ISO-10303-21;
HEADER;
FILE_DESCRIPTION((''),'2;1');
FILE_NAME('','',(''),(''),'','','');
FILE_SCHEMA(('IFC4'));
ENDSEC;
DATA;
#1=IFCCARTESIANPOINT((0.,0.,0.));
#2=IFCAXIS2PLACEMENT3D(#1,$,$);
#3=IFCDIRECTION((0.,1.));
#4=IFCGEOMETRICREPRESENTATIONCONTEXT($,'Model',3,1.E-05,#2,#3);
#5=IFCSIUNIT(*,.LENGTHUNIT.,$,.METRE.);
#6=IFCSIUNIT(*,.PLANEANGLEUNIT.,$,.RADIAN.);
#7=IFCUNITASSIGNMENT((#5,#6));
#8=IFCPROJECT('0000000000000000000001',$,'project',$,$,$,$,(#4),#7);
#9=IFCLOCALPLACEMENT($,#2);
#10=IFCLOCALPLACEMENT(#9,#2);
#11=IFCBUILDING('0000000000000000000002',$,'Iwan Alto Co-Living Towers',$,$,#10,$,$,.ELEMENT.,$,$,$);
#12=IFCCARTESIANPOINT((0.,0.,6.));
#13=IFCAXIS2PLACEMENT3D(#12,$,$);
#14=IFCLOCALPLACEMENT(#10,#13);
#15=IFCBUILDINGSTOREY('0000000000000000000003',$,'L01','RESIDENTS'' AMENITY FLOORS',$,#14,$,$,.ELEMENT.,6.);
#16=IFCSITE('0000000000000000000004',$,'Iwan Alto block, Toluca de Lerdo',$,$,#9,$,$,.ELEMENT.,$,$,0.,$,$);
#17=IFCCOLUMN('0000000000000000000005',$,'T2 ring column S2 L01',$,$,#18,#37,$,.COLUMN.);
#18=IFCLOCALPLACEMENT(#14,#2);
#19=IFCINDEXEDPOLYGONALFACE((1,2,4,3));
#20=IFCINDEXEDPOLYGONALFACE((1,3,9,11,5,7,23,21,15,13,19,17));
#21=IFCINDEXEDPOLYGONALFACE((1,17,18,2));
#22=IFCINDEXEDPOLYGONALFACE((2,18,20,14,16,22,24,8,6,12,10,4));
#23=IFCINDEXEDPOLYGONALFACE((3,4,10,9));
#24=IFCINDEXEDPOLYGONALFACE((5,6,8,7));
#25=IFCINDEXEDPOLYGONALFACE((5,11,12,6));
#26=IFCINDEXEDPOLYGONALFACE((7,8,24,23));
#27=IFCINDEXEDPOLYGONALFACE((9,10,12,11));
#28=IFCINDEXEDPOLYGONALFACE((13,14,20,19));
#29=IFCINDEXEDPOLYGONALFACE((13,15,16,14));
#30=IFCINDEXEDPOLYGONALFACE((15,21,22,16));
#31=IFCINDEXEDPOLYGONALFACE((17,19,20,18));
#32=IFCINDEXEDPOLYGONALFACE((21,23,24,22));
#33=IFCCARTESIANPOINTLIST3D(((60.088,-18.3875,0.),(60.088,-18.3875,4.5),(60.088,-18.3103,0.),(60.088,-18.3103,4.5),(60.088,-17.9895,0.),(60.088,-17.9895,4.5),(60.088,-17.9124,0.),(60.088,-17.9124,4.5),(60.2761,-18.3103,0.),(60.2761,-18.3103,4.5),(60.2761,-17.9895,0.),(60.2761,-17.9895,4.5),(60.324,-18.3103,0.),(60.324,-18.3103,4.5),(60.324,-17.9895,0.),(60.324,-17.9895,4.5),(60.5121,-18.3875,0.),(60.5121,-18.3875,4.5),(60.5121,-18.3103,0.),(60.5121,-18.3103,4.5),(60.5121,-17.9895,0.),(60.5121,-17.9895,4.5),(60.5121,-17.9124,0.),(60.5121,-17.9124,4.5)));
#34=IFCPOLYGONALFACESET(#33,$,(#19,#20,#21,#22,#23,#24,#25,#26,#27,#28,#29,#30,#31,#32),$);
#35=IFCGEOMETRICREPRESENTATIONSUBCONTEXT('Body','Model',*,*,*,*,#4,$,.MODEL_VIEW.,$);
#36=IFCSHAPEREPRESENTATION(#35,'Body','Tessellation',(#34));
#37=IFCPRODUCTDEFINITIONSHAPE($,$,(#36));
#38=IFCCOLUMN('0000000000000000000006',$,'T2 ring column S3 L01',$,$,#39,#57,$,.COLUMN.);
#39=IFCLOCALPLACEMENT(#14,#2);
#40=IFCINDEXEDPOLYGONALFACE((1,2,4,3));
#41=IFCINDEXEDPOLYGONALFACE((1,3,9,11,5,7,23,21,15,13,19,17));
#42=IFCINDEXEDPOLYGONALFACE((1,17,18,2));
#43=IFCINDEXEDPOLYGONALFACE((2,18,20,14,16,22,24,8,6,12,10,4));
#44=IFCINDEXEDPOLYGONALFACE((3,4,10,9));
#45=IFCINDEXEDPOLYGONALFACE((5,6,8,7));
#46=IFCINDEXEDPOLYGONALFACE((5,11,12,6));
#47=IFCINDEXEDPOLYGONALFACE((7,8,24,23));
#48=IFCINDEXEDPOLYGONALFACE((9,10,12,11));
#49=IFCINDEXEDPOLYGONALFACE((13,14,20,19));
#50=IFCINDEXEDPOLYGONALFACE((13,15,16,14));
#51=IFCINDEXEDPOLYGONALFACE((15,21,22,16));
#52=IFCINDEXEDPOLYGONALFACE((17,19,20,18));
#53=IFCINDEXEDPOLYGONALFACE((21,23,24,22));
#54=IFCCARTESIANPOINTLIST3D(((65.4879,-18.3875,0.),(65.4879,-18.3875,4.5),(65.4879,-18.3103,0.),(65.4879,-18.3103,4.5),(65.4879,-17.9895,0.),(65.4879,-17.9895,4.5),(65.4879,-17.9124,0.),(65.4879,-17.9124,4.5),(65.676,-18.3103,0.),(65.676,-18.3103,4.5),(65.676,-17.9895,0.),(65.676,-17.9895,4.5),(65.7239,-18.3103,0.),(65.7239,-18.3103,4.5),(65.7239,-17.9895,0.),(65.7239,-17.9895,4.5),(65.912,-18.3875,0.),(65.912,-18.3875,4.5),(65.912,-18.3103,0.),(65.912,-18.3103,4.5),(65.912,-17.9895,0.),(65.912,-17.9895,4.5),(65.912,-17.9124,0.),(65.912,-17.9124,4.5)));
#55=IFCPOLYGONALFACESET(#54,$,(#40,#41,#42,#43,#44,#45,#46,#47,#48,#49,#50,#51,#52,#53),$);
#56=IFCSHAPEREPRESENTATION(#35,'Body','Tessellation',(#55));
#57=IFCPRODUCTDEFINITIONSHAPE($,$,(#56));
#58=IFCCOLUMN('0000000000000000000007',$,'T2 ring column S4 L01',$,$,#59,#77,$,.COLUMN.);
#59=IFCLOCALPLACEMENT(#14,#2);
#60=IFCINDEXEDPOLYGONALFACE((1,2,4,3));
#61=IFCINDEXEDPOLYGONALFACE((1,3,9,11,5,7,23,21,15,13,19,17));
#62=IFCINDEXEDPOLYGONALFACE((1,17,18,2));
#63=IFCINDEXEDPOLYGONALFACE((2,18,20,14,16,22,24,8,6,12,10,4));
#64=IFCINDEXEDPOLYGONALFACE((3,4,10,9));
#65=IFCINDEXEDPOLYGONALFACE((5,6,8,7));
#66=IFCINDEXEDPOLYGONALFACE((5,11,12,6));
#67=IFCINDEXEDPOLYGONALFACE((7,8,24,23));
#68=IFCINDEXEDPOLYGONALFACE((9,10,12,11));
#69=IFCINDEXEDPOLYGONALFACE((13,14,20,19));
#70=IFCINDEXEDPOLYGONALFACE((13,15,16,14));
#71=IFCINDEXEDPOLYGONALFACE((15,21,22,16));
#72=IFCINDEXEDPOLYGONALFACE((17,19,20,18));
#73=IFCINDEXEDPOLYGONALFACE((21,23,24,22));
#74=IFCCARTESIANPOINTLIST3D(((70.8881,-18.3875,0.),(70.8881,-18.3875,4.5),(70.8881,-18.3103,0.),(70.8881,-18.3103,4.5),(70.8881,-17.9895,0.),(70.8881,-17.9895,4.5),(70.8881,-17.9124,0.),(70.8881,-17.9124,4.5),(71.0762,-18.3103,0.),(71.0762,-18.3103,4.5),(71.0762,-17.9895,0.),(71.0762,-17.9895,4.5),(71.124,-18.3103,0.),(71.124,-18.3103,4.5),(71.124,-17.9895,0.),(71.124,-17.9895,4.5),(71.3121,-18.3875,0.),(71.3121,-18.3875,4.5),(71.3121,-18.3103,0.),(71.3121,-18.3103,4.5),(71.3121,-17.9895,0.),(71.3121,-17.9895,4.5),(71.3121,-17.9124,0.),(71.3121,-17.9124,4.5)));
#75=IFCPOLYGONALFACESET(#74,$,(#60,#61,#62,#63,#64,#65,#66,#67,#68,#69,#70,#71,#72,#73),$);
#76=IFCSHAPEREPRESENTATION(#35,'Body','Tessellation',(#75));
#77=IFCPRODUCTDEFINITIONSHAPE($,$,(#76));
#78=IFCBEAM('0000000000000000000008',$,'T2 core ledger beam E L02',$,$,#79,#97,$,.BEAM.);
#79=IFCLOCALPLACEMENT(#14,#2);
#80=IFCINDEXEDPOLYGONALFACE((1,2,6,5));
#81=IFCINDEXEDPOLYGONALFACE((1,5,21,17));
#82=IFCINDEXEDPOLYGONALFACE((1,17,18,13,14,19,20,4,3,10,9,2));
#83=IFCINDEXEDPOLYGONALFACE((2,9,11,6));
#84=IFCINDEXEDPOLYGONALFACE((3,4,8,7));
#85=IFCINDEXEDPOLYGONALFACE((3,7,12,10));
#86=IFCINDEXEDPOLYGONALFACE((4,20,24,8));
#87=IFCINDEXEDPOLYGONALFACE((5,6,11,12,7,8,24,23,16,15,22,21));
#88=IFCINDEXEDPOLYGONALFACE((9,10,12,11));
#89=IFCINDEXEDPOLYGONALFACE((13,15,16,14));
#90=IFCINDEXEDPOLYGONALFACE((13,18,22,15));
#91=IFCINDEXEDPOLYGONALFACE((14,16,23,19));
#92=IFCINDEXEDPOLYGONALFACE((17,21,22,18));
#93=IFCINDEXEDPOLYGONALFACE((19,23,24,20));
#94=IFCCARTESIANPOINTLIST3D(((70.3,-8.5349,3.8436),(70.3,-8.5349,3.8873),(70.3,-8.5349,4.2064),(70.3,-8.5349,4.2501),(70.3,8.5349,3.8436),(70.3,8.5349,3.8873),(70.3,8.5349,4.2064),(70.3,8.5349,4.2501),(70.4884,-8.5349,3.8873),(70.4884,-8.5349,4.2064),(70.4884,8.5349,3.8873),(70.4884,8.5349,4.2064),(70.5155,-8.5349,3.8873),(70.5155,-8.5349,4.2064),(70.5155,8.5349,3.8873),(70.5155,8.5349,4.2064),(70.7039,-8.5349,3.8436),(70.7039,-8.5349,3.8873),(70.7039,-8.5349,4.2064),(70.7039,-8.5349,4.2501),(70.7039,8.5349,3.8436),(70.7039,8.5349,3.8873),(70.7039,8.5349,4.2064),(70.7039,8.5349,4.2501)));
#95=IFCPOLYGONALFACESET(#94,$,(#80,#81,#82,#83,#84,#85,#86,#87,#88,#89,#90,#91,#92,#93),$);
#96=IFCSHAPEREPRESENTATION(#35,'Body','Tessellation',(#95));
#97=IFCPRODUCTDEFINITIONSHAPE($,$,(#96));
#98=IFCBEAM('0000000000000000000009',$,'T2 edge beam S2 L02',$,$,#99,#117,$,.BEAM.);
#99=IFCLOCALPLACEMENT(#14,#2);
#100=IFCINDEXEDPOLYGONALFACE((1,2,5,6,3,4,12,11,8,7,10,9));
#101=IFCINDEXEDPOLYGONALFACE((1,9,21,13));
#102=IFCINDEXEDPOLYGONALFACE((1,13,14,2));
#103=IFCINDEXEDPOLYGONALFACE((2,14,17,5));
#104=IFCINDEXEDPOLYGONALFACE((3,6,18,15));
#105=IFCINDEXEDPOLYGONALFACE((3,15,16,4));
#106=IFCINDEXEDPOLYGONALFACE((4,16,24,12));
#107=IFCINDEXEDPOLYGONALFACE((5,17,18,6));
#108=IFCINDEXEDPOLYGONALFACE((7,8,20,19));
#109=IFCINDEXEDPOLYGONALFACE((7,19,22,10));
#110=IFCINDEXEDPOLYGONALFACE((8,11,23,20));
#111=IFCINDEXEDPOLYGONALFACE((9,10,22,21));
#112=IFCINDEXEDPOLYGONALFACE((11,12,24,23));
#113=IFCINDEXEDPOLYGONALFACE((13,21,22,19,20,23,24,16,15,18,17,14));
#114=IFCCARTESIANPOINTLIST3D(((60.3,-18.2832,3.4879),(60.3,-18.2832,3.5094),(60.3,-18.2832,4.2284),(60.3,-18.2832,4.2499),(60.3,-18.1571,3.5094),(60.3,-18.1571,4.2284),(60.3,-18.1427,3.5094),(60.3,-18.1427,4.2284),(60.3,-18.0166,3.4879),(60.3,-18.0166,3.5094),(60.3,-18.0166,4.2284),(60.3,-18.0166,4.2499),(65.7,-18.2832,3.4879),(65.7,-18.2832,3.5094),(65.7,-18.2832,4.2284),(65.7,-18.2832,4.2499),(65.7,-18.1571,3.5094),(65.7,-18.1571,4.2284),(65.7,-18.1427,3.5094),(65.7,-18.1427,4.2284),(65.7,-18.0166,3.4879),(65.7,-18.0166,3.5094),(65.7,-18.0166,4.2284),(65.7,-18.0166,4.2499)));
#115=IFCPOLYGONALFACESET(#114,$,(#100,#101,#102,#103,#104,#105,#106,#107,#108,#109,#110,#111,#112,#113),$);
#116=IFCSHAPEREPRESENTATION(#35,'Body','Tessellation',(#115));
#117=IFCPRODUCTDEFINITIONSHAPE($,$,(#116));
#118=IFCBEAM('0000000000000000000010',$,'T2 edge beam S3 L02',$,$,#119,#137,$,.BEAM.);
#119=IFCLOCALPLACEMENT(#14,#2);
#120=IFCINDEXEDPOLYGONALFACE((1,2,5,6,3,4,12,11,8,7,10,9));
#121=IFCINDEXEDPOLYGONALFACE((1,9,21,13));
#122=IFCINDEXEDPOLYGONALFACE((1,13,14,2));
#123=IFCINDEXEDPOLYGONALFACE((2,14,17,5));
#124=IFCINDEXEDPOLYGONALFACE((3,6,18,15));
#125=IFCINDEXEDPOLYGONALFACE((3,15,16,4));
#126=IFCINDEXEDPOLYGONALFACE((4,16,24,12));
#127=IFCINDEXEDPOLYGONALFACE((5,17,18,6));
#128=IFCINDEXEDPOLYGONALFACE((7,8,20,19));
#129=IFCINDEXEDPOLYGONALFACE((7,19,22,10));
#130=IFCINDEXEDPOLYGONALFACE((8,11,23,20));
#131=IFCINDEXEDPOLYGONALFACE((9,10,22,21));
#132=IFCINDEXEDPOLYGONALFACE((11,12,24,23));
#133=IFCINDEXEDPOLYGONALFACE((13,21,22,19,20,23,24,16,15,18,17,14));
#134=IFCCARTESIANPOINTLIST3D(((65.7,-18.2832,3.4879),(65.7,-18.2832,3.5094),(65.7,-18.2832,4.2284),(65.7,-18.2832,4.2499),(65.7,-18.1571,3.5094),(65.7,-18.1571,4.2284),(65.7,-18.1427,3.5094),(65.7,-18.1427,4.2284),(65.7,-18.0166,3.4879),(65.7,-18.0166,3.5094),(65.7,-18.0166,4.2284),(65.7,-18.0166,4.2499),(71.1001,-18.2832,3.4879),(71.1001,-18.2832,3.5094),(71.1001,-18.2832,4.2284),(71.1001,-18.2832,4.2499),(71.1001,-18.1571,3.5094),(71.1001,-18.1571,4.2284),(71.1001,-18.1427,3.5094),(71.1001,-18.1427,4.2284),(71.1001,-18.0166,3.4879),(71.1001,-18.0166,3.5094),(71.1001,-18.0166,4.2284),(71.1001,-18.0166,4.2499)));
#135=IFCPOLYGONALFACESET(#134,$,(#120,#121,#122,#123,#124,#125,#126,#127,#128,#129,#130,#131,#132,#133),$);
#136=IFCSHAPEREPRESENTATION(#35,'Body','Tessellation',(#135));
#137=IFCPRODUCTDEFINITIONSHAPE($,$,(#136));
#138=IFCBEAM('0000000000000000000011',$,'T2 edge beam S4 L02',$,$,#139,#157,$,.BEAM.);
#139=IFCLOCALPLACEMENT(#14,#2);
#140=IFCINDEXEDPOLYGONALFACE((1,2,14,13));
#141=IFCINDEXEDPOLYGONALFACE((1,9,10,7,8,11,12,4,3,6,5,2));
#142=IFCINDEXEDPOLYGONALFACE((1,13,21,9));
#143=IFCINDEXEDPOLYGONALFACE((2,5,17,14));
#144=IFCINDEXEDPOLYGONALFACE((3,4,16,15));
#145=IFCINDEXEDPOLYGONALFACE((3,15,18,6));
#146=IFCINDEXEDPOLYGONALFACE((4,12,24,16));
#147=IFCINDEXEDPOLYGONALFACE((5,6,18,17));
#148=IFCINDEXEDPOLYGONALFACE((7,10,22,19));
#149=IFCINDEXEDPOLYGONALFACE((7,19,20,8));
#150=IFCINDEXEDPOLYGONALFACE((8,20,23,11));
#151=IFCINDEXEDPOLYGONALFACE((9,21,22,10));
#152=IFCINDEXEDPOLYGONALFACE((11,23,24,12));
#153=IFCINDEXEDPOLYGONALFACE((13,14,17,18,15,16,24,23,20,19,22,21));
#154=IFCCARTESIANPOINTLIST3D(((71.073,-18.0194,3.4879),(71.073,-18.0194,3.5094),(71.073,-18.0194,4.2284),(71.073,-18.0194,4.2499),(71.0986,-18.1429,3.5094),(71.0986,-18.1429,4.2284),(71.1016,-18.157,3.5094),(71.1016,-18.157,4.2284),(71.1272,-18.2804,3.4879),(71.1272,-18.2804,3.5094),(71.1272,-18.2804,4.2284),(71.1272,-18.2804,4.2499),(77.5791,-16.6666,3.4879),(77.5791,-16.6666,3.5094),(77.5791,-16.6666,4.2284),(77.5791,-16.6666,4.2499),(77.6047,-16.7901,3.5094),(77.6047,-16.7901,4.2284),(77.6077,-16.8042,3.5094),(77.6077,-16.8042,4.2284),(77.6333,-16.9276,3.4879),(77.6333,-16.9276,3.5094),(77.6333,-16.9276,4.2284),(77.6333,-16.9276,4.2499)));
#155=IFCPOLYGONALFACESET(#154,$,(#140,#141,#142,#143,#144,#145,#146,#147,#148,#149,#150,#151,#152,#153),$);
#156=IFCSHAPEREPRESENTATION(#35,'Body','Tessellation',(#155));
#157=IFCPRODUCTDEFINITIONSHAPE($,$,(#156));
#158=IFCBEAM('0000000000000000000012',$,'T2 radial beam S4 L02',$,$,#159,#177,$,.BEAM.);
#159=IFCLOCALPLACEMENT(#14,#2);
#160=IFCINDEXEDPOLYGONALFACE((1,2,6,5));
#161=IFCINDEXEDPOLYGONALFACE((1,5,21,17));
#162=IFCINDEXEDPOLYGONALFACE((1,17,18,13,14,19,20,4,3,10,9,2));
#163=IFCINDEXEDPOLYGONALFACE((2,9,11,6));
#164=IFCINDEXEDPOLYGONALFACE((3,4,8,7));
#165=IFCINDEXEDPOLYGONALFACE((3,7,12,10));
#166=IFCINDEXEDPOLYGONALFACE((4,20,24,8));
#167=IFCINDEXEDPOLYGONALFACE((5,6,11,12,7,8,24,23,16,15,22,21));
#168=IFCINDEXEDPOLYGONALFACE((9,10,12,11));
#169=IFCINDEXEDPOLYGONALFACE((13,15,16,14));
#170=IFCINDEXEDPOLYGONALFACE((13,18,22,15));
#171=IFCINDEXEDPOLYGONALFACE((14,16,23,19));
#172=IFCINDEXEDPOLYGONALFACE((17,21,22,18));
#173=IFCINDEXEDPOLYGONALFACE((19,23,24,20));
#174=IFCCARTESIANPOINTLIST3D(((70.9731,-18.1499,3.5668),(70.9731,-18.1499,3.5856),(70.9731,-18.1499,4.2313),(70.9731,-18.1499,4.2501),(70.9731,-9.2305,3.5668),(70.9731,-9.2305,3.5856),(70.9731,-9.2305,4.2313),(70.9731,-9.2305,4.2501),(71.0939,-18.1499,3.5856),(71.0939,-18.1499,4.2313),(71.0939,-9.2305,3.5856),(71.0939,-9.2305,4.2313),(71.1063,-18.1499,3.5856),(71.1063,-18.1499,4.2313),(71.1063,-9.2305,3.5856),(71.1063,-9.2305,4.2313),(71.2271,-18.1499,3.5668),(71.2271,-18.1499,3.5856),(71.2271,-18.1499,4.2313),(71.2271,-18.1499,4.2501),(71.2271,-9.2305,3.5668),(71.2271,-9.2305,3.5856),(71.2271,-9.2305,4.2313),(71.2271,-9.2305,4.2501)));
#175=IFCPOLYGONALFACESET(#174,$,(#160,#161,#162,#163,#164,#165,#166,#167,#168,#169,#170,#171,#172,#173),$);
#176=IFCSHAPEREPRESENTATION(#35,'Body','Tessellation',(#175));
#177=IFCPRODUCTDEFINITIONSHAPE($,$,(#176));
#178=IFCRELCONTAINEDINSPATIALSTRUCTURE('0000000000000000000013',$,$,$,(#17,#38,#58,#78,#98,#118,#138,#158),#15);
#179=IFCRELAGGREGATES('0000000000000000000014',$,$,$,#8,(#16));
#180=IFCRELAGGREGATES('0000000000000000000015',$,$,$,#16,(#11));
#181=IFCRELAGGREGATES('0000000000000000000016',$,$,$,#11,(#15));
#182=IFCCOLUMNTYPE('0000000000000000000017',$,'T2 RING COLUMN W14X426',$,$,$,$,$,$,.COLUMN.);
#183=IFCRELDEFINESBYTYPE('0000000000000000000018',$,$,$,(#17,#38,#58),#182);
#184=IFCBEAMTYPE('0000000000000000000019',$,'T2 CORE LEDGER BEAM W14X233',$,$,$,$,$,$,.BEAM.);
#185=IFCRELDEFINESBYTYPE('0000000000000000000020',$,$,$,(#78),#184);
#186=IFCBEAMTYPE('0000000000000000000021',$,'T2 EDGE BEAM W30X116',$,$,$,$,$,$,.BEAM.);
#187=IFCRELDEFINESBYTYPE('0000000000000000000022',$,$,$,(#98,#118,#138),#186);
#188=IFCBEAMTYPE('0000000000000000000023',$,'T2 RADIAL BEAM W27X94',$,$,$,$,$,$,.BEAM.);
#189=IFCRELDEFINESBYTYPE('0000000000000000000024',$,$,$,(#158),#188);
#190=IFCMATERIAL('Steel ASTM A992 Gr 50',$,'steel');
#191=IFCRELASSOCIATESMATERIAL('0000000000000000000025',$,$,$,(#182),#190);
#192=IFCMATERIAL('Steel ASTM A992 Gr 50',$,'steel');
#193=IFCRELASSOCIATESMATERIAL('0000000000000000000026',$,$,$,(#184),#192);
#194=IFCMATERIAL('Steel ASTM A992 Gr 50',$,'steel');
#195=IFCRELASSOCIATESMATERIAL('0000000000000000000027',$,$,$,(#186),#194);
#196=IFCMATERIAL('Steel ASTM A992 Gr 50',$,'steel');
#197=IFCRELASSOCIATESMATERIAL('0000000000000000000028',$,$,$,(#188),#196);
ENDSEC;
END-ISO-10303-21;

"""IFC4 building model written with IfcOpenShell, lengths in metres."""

from ifc_helpers import new_model, si_unit, direction, frame, origin, origin_2d, place, context, subcontext, project, spatial, i_section, extrude, material, material_profile, profile_set, type_object, element, save


model = new_model("IFC4")

# Units and contexts
model_context = context("Model", 3, precision=1e-05, world=origin(), true_north=direction((0.0, 1.0)))
body_context = subcontext(model_context, "Body", "Model", "MODEL_VIEW")
ifc_project = project(units=[si_unit("LENGTHUNIT", "METRE"), si_unit("PLANEANGLEUNIT", "RADIAN")], contexts=[model_context])

# Site, building, storey
site_placement = place(None, origin())
site = spatial("IfcSite", under=ifc_project, at=site_placement, Name="Iwan Alto block, Toluca de Lerdo", CompositionType="ELEMENT", RefElevation=0.0)
building_placement = place(site_placement, origin())
building = spatial("IfcBuilding", under=site, at=building_placement, Name="Iwan Alto Co-Living Towers", CompositionType="ELEMENT")
storey_placement = place(building_placement, frame((0.0, 0.0, 6.0)))
storey = spatial("IfcBuildingStorey", under=building, at=storey_placement, Name="L01", Description="RESIDENTS' AMENITY FLOORS", CompositionType="ELEMENT", Elevation=6.0)

# Columns
ifc_material_1 = material(Name="Steel ASTM A992 Gr 50", Category="steel")
ifc_material_profile_1 = material_profile(ifc_material_1, i_section(OverallWidth=0.4241, OverallDepth=0.4751, WebThickness=0.0479, FlangeThickness=0.0771, at=origin_2d()), Name="W14X426")
ifc_profile_set_1 = profile_set([ifc_material_profile_1], Name="Steel ASTM A992 Gr 50")
column_type = type_object("IfcColumnType", Name="T2 RING COLUMN W14X426", PredefinedType="COLUMN", material=ifc_profile_set_1)
for number, where, z_axis, x_axis, name in (
    (1, (60.3, -18.1499, 0.0), (0.0, 0.0, 1.0), (1.0, 0.0, 0.0), "T2 ring column S2 L01"),
    (2, (65.7, -18.1499, 0.0), (0.0, 0.0, 1.0), (1.0, 0.0, 0.0), "T2 ring column S3 L01"),
    (3, (71.1001, -18.1499, 0.0), (0.0, 0.0, 1.0), (1.0, 0.0, 0.0), "T2 ring column S4 L01"),
):
    element("IfcColumn", number, at=place(storey_placement, frame(where, z_axis=z_axis, x_axis=x_axis)), inside=storey, type_object=column_type, Name=name, PredefinedType="COLUMN", context=body_context, shape_type="SweptSolid", body=[
        extrude(i_section(OverallWidth=0.4241, OverallDepth=0.4751, WebThickness=0.0479, FlangeThickness=0.0771, at=origin_2d()), origin(), (0.0, 0.0, 1.0), 4.5),
    ])

# Beams
ifc_material_2 = material(Name="Steel ASTM A992 Gr 50", Category="steel")
ifc_material_profile_2 = material_profile(ifc_material_2, i_section(OverallWidth=0.4038, OverallDepth=0.4065, WebThickness=0.0271, FlangeThickness=0.0437, at=origin_2d()), Name="W14X233")
ifc_profile_set_2 = profile_set([ifc_material_profile_2], Name="Steel ASTM A992 Gr 50")
beam_type_1 = type_object("IfcBeamType", Name="T2 CORE LEDGER BEAM W14X233", PredefinedType="BEAM", material=ifc_profile_set_2)
beam_1_placement = place(storey_placement, frame((70.502, -8.5349, 4.0469), z_axis=(0.0, 1.0, 0.0), x_axis=(-1.0, 0.0, 0.0)))
element("IfcBeam", 4, at=beam_1_placement, inside=storey, type_object=beam_type_1, Name="T2 core ledger beam E L02", PredefinedType="BEAM", context=body_context, shape_type="SweptSolid", body=[
    extrude(i_section(OverallWidth=0.4038, OverallDepth=0.4065, WebThickness=0.0271, FlangeThickness=0.0437, at=origin_2d()), origin(), (0.0, 0.0, 1.0), 17.0698),
])
ifc_material_3 = material(Name="Steel ASTM A992 Gr 50", Category="steel")
ifc_material_profile_3 = material_profile(ifc_material_3, i_section(OverallWidth=0.2666, OverallDepth=0.762, WebThickness=0.0144, FlangeThickness=0.0215, at=origin_2d()), Name="W30X116")
ifc_profile_set_3 = profile_set([ifc_material_profile_3], Name="Steel ASTM A992 Gr 50")
beam_type_2 = type_object("IfcBeamType", Name="T2 EDGE BEAM W30X116", PredefinedType="BEAM", material=ifc_profile_set_3)
beam_2_placement = place(storey_placement, frame((60.3, -18.1499, 3.8689), z_axis=(1.0, 0.0, 0.0), x_axis=(0.0, 1.0, 0.0)))
element("IfcBeam", 5, at=beam_2_placement, inside=storey, type_object=beam_type_2, Name="T2 edge beam S2 L02", PredefinedType="BEAM", context=body_context, shape_type="SweptSolid", body=[
    extrude(i_section(OverallWidth=0.2666, OverallDepth=0.762, WebThickness=0.0144, FlangeThickness=0.0215, at=origin_2d()), origin(), (0.0, 0.0, 1.0), 5.3999),
])
beam_3_placement = place(storey_placement, frame((65.7, -18.1499, 3.8689), z_axis=(1.0, 0.0, 0.0), x_axis=(0.0, 1.0, 0.0)))
element("IfcBeam", 6, at=beam_3_placement, inside=storey, type_object=beam_type_2, Name="T2 edge beam S3 L02", PredefinedType="BEAM", context=body_context, shape_type="SweptSolid", body=[
    extrude(i_section(OverallWidth=0.2666, OverallDepth=0.762, WebThickness=0.0144, FlangeThickness=0.0215, at=origin_2d()), origin(), (0.0, 0.0, 1.0), 5.4001),
])
beam_4_placement = place(storey_placement, frame((71.1001, -18.1499, 3.8689), z_axis=(0.97906, 0.203571, 0.0), x_axis=(-0.203571, 0.97906, 0.0)))
element("IfcBeam", 7, at=beam_4_placement, inside=storey, type_object=beam_type_2, Name="T2 edge beam S4 L02", PredefinedType="BEAM", context=body_context, shape_type="SweptSolid", body=[
    extrude(i_section(OverallWidth=0.2666, OverallDepth=0.762, WebThickness=0.0144, FlangeThickness=0.0215, at=origin_2d()), origin(), (0.0, 0.0, 1.0), 6.6453),
])
ifc_material_4 = material(Name="Steel ASTM A992 Gr 50", Category="steel")
ifc_material_profile_4 = material_profile(ifc_material_4, i_section(OverallWidth=0.2539, OverallDepth=0.6833, WebThickness=0.0125, FlangeThickness=0.0188, at=origin_2d()), Name="W27X94")
ifc_profile_set_4 = profile_set([ifc_material_profile_4], Name="Steel ASTM A992 Gr 50")
beam_type_3 = type_object("IfcBeamType", Name="T2 RADIAL BEAM W27X94", PredefinedType="BEAM", material=ifc_profile_set_4)
beam_5_placement = place(storey_placement, frame((71.1001, -18.1499, 3.9084), z_axis=(0.0, 1.0, 0.0), x_axis=(-1.0, 0.0, 0.0)))
element("IfcBeam", 8, at=beam_5_placement, inside=storey, type_object=beam_type_3, Name="T2 radial beam S4 L02", PredefinedType="BEAM", context=body_context, shape_type="SweptSolid", body=[
    extrude(i_section(OverallWidth=0.2539, OverallDepth=0.6833, WebThickness=0.0125, FlangeThickness=0.0188, at=origin_2d()), origin(), (0.0, 0.0, 1.0), 8.9194),
])

save(model, "model.ifc")
